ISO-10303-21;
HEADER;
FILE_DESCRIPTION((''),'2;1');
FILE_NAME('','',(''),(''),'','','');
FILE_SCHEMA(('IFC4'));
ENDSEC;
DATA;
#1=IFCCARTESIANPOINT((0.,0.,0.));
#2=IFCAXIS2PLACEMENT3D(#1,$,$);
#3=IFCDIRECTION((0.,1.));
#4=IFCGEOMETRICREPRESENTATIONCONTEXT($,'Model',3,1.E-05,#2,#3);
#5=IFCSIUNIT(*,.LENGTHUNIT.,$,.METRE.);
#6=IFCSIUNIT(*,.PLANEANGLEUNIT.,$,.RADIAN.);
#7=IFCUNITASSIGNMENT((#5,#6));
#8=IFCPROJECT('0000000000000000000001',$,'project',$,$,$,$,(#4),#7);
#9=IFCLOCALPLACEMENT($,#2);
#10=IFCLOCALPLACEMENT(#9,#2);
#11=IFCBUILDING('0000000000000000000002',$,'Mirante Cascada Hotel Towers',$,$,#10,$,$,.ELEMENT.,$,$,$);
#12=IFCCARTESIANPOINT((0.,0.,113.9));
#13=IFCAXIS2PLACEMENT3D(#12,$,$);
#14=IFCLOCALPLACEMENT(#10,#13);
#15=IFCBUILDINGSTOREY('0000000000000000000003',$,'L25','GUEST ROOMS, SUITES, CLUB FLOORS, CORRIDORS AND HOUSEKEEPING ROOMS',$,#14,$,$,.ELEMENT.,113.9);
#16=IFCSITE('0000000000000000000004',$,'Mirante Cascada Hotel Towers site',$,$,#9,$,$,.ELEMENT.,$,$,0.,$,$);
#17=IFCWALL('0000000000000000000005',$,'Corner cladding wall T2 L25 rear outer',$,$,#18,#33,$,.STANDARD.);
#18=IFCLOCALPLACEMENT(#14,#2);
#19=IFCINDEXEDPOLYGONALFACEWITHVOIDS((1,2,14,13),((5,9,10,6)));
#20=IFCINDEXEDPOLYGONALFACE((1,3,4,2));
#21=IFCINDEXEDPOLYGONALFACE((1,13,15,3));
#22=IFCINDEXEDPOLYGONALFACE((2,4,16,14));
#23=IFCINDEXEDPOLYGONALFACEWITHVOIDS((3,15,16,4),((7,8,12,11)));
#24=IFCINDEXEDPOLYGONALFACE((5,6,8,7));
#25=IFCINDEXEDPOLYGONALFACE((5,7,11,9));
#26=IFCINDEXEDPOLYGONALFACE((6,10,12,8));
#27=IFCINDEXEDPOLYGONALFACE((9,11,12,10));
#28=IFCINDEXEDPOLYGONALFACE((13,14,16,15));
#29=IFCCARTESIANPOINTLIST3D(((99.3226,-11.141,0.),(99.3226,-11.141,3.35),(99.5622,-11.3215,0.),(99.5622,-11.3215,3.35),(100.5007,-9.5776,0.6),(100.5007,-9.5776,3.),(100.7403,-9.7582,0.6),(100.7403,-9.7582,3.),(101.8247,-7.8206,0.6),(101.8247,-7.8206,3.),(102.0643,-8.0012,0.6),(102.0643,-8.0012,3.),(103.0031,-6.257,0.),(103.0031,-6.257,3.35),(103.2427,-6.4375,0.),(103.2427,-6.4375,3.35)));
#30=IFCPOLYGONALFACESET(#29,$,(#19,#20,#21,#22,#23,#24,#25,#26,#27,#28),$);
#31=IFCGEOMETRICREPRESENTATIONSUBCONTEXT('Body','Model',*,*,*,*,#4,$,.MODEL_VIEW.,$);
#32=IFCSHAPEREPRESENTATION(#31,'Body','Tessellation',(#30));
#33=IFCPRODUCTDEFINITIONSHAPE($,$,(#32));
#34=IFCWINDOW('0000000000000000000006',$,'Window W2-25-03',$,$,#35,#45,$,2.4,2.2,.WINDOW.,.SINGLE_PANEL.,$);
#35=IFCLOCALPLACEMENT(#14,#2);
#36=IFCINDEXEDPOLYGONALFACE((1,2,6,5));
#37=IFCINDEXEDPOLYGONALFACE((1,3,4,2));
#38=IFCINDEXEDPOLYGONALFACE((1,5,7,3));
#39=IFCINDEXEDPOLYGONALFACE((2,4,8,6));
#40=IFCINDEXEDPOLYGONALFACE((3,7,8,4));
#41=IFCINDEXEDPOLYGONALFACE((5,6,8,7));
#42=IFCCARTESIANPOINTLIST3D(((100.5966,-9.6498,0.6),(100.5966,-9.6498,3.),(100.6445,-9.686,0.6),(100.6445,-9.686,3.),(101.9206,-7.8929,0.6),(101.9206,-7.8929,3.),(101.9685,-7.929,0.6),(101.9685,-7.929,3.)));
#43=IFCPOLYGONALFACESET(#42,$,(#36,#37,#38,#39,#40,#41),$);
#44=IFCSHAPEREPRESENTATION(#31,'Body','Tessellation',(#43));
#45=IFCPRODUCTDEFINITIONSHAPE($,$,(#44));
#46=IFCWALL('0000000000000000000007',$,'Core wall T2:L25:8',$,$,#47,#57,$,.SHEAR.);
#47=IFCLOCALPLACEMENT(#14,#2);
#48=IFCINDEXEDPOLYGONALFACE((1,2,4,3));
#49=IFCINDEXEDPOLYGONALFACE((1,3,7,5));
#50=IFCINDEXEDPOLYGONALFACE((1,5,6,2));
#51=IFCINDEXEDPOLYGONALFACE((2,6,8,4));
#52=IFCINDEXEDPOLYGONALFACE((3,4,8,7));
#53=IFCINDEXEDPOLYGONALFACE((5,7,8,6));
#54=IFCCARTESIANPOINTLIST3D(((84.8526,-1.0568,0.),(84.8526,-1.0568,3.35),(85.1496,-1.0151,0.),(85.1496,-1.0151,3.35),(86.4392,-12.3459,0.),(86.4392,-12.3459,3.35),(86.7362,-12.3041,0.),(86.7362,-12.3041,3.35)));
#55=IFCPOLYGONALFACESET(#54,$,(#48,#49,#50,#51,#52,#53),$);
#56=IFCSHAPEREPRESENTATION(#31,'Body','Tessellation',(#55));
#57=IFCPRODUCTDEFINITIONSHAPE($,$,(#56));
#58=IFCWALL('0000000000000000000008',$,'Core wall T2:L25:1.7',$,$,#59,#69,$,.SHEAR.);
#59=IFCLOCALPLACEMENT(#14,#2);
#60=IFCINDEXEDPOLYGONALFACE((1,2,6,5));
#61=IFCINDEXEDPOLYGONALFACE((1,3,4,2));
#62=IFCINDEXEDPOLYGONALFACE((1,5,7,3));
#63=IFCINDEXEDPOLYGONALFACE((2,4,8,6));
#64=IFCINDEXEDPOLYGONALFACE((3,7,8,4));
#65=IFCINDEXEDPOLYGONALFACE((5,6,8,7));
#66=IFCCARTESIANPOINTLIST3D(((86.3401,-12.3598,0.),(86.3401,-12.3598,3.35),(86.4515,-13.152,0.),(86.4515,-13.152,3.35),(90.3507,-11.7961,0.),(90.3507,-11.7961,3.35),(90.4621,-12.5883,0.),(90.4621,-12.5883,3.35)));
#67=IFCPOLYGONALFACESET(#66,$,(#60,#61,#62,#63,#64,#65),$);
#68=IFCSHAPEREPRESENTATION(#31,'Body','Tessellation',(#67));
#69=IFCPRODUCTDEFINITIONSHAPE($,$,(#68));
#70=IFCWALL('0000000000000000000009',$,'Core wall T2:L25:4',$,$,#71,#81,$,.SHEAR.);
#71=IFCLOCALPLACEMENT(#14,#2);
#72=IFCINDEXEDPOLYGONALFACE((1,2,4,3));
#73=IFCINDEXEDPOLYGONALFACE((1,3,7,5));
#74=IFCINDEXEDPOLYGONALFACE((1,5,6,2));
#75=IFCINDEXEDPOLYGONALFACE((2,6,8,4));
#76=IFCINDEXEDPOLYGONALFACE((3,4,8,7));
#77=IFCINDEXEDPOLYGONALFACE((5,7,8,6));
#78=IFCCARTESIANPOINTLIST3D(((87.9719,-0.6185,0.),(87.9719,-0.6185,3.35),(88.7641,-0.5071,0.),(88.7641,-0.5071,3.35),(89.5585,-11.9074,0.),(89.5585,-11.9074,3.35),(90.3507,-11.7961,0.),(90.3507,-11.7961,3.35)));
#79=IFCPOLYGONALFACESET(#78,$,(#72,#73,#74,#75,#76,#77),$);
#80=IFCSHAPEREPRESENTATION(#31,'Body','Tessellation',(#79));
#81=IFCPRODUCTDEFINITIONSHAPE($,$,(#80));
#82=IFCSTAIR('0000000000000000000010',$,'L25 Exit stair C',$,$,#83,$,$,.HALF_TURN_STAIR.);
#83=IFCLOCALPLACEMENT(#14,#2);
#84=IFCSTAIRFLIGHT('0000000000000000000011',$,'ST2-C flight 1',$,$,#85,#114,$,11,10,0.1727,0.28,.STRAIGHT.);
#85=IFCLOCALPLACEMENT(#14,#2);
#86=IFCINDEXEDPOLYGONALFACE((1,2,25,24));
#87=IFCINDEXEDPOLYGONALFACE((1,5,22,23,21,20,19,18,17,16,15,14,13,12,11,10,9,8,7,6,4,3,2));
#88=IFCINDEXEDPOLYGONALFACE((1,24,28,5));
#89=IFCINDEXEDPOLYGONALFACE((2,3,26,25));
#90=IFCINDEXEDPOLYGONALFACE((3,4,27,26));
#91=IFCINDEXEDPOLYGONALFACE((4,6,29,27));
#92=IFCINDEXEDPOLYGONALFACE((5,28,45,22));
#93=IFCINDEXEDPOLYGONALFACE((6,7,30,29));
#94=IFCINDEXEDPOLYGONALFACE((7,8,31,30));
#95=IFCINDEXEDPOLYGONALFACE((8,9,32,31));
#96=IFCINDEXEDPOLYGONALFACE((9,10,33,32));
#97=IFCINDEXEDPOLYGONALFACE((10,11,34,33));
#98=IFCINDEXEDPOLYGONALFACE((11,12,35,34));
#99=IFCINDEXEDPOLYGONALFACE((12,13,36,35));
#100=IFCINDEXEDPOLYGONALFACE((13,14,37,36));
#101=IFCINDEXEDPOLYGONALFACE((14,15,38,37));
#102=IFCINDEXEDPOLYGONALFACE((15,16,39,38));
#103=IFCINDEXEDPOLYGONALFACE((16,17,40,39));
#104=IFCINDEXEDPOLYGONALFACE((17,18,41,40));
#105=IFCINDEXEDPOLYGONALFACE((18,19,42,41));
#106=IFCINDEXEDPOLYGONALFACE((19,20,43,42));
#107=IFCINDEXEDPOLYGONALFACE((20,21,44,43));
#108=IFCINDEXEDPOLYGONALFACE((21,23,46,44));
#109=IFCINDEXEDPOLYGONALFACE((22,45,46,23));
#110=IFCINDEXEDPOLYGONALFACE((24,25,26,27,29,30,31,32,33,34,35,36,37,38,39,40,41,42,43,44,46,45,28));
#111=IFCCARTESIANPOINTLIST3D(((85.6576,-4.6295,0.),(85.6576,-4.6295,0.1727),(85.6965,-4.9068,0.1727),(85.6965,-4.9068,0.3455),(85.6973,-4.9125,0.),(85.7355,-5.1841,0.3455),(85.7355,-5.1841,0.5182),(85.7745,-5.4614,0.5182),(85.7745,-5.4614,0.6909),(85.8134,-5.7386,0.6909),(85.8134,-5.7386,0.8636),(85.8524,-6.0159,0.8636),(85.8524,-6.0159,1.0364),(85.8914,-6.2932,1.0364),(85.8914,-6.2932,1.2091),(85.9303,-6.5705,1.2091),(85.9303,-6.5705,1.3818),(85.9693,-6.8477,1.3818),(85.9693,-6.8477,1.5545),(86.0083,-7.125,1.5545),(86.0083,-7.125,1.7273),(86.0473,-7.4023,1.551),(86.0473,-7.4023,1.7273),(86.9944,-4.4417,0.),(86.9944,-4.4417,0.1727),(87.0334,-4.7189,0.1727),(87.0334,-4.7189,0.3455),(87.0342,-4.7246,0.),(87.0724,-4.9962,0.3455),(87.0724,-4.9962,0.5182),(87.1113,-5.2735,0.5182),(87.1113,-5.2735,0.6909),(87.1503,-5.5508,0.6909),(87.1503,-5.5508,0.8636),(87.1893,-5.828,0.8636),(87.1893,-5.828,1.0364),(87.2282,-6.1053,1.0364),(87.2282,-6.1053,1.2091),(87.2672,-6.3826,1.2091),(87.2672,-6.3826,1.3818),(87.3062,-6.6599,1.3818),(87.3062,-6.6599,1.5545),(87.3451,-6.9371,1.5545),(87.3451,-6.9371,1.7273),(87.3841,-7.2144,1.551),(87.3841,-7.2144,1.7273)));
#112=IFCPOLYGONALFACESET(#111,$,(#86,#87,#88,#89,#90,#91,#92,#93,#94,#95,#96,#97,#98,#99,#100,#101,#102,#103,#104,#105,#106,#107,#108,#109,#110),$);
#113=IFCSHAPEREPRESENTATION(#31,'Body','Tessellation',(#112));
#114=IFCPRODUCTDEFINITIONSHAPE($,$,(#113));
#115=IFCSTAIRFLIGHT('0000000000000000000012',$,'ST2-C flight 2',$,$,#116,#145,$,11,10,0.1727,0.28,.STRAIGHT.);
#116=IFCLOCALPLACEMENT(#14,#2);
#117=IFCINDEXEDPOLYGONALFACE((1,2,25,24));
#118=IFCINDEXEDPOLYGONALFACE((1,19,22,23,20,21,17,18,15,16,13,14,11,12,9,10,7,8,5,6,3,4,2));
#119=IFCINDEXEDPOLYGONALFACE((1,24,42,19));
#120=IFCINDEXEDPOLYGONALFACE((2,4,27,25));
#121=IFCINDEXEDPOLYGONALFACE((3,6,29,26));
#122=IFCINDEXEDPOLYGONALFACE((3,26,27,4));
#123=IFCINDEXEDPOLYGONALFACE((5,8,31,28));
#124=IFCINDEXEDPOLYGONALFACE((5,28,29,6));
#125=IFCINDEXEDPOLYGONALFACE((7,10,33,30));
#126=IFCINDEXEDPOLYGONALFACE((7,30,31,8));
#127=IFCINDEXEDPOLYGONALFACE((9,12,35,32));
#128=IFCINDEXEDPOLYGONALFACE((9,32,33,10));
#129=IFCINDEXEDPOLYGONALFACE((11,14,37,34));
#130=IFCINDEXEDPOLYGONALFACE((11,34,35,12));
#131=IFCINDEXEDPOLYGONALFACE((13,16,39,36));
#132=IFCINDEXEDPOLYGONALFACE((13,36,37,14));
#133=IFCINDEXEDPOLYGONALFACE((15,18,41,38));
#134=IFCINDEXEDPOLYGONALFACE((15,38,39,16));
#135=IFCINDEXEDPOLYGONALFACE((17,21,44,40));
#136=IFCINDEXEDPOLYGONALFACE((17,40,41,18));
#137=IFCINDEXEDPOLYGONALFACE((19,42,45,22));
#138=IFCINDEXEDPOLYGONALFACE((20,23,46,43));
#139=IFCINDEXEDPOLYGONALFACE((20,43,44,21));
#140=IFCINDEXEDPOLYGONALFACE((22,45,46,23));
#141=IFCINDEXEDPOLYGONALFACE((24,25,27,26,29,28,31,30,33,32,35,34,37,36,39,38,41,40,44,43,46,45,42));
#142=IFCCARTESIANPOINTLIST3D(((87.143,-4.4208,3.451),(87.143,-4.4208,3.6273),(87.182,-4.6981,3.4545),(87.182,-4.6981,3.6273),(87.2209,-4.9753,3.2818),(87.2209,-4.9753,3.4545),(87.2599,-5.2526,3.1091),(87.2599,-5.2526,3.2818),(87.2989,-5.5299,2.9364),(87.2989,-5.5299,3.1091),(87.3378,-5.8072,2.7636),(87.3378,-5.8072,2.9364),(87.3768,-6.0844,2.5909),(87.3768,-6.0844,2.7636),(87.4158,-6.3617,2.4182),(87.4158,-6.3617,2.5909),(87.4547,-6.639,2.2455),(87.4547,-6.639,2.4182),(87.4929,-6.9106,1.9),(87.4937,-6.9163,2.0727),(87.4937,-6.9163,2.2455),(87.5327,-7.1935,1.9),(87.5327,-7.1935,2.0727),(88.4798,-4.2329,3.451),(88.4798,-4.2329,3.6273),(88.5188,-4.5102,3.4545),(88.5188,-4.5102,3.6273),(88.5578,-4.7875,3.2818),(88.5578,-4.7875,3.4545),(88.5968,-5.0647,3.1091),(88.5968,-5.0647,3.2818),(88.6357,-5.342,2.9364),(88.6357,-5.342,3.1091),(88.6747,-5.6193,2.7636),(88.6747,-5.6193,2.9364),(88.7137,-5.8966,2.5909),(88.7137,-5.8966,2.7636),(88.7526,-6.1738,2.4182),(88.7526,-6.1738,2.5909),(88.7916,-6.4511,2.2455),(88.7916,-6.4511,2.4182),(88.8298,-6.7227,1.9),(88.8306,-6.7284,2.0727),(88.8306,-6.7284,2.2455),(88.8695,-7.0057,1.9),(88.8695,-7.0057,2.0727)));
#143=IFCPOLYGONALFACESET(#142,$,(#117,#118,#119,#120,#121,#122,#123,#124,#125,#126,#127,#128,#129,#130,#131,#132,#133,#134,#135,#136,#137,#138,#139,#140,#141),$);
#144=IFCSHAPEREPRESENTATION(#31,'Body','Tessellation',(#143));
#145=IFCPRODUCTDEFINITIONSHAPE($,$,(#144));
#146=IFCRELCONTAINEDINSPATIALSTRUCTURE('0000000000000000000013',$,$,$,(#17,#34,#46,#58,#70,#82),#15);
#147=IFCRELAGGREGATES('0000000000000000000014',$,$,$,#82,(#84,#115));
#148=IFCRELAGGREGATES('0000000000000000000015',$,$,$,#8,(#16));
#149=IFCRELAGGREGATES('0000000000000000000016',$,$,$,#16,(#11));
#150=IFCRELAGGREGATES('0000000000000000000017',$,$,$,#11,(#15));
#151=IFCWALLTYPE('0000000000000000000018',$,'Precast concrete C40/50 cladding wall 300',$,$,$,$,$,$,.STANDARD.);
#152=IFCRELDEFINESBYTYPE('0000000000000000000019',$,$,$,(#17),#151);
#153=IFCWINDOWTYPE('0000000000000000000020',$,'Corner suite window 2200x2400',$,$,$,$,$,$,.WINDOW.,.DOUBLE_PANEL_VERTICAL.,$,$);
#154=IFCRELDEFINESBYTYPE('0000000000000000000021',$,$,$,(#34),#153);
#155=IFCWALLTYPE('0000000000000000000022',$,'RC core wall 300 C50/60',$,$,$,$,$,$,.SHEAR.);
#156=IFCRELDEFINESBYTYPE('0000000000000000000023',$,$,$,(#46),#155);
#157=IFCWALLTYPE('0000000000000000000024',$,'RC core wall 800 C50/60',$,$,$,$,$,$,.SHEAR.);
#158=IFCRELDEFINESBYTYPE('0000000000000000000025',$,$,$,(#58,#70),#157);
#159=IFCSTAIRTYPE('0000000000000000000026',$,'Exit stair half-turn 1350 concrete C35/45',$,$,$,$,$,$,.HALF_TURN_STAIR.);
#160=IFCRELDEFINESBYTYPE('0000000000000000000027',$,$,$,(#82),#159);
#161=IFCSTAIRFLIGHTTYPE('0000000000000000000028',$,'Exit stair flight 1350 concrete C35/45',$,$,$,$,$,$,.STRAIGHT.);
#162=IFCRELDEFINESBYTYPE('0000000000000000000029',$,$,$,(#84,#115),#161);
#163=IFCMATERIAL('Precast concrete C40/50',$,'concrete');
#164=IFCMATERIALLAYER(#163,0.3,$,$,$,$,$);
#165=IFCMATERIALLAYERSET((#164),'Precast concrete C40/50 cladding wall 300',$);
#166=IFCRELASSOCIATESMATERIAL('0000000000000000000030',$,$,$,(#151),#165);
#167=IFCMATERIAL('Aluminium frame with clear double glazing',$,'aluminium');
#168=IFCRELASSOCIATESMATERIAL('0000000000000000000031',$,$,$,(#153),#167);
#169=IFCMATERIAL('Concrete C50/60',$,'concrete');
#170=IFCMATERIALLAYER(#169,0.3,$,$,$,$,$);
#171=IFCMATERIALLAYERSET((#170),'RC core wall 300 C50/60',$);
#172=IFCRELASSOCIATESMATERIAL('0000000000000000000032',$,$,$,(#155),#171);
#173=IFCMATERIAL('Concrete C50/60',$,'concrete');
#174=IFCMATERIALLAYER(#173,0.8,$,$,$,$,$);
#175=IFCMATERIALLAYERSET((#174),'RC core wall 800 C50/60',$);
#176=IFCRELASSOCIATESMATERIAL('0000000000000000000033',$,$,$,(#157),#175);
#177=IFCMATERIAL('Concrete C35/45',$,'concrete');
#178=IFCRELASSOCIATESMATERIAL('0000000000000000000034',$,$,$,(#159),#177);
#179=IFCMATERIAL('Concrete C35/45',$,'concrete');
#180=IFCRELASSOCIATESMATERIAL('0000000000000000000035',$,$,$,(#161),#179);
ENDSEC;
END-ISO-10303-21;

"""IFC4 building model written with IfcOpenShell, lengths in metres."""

from ifc_helpers import new_model, si_unit, direction, frame, frame_2d, origin, place, context, subcontext, project, spatial, polyline, rectangle, outline, extrude, material, layer, layer_set, type_object, element, fill, aggregate, save


model = new_model("IFC4")

# Units and contexts
model_context = context("Model", 3, precision=1e-05, world=origin(), true_north=direction((0.0, 1.0)))
body_context = subcontext(model_context, "Body", "Model", "MODEL_VIEW")
ifc_project = project(units=[si_unit("LENGTHUNIT", "METRE"), si_unit("PLANEANGLEUNIT", "RADIAN")], contexts=[model_context])

# Site, building, storey
site_placement = place(None, origin())
site = spatial("IfcSite", under=ifc_project, at=site_placement, Name="Mirante Cascada Hotel Towers site", CompositionType="ELEMENT", RefElevation=0.0)
building_placement = place(site_placement, origin())
building = spatial("IfcBuilding", under=site, at=building_placement, Name="Mirante Cascada Hotel Towers", CompositionType="ELEMENT")
storey_placement = place(building_placement, frame((0.0, 0.0, 113.9)))
storey = spatial("IfcBuildingStorey", under=building, at=storey_placement, Name="L25", Description="GUEST ROOMS, SUITES, CLUB FLOORS, CORRIDORS AND HOUSEKEEPING ROOMS", CompositionType="ELEMENT", Elevation=113.9)

# Shared definitions
ifc_material_1 = material(Name="Precast concrete C40/50", Category="concrete")
ifc_layer_1 = layer(ifc_material_1, 0.3)
ifc_layer_set_1 = layer_set([ifc_layer_1], Name="Precast concrete C40/50 cladding wall 300")
wall_type_1 = type_object("IfcWallType", Name="Precast concrete C40/50 cladding wall 300", PredefinedType="STANDARD", material=ifc_layer_set_1)

# Wall, opening, window
wall_1_placement = place(storey_placement, frame((99.4424, -11.2313, 0.0), z_axis=(0.0, 0.0, 1.0), x_axis=(0.601819, 0.798632, 0.0)))
wall_1 = element("IfcWall", 1, at=wall_1_placement, inside=storey, type_object=wall_type_1, Name="Corner cladding wall T2 L25 rear outer", PredefinedType="STANDARD", context=body_context, shape_type="SweptSolid", body=[
    extrude(rectangle(XDim=6.1155, YDim=0.3, at=frame_2d((3.0578, 0.0))), origin(), (0.0, 0.0, 1.0), 3.35),
])
opening_1_placement = place(wall_1_placement, frame((1.9576, 0.0, 0.6)))
opening_1 = element("IfcOpeningElement", 2, at=opening_1_placement, cuts=wall_1, PredefinedType="OPENING", context=body_context, shape_type="SweptSolid", body=[
    extrude(rectangle(XDim=2.2, YDim=2.4, at=frame_2d((1.1, 1.2))), frame((0.0, 0.15, 0.0), z_axis=(0.0, -1.0, 0.0), x_axis=(1.0, 0.0, 0.0)), (0.0, 0.0, 1.0), 0.3),
])
ifc_material_2 = material(Name="Aluminium frame with clear double glazing", Category="aluminium")
window_type_1 = type_object("IfcWindowType", Name="Corner suite window 2200x2400", PartitioningType="DOUBLE_PANEL_VERTICAL", PredefinedType="WINDOW", material=ifc_material_2)
window_1_placement = place(opening_1_placement, origin())
window_1 = element("IfcWindow", 3, at=window_1_placement, inside=storey, type_object=window_type_1, Name="Window W2-25-03", OverallHeight=2.4, OverallWidth=2.2, PartitioningType="SINGLE_PANEL", PredefinedType="WINDOW", context=body_context, shape_type="SweptSolid", body=[
    extrude(rectangle(XDim=2.2, YDim=2.4, at=frame_2d((1.1, 1.2))), frame((0.0, 0.03, 0.0), z_axis=(0.0, -1.0, 0.0), x_axis=(1.0, 0.0, 0.0)), (0.0, 0.0, 1.0), 0.06),
])
fill(opening_1, window_1)

# Walls
ifc_material_3 = material(Name="Concrete C50/60", Category="concrete")
ifc_layer_2 = layer(ifc_material_3, 0.3)
ifc_layer_set_2 = layer_set([ifc_layer_2], Name="RC core wall 300 C50/60")
wall_type_2 = type_object("IfcWallType", Name="RC core wall 300 C50/60", PredefinedType="SHEAR", material=ifc_layer_set_2)
wall_2_placement = place(storey_placement, frame((86.5877, -12.325, 0.0), z_axis=(0.0, 0.0, 1.0), x_axis=(-0.139175, 0.990268, 0.0)))
element("IfcWall", 4, at=wall_2_placement, inside=storey, type_object=wall_type_2, Name="Core wall T2:L25:8", PredefinedType="SHEAR", context=body_context, shape_type="SweptSolid", body=[
    extrude(rectangle(XDim=11.4, YDim=0.3, at=frame_2d((5.7, 0.0))), origin(), (0.0, 0.0, 1.0), 3.35),
])
ifc_material_4 = material(Name="Concrete C50/60", Category="concrete")
ifc_layer_3 = layer(ifc_material_4, 0.8)
ifc_layer_set_3 = layer_set([ifc_layer_3], Name="RC core wall 800 C50/60")
wall_type_3 = type_object("IfcWallType", Name="RC core wall 800 C50/60", PredefinedType="SHEAR", material=ifc_layer_set_3)
wall_3_placement = place(storey_placement, frame((86.3958, -12.7559, 0.0), z_axis=(0.0, 0.0, 1.0), x_axis=(0.990267, 0.139184, 0.0)))
element("IfcWall", 5, at=wall_3_placement, inside=storey, type_object=wall_type_3, Name="Core wall T2:L25:1.7", PredefinedType="SHEAR", context=body_context, shape_type="SweptSolid", body=[
    extrude(rectangle(XDim=4.05, YDim=0.8, at=frame_2d((2.025, 0.0))), origin(), (0.0, 0.0, 1.0), 3.35),
])
wall_4_placement = place(storey_placement, frame((89.9546, -11.8518, 0.0), z_axis=(0.0, 0.0, 1.0), x_axis=(-0.139176, 0.990268, 0.0)))
element("IfcWall", 6, at=wall_4_placement, inside=storey, type_object=wall_type_3, Name="Core wall T2:L25:4", PredefinedType="SHEAR", context=body_context, shape_type="SweptSolid", body=[
    extrude(rectangle(XDim=11.3999, YDim=0.8, at=frame_2d((5.7, 0.0))), origin(), (0.0, 0.0, 1.0), 3.35),
])

# Stair, stair flights
ifc_material_5 = material(Name="Concrete C35/45", Category="concrete")
stair_type = type_object("IfcStairType", Name="Exit stair half-turn 1350 concrete C35/45", PredefinedType="HALF_TURN_STAIR", material=ifc_material_5)
stair_placement = place(storey_placement, origin())
stair = element("IfcStair", 7, at=stair_placement, inside=storey, type_object=stair_type, Name="L25 Exit stair C", PredefinedType="HALF_TURN_STAIR")
ifc_material_6 = material(Name="Concrete C35/45", Category="concrete")
stair_flight_type = type_object("IfcStairFlightType", Name="Exit stair flight 1350 concrete C35/45", PredefinedType="STRAIGHT", material=ifc_material_6)
stair_flight_1_placement = place(storey_placement, frame((86.326, -4.5356, 0.0), z_axis=(0.0, 0.0, 1.0), x_axis=(0.139173, -0.990268, 0.0)))
stair_flight_1 = element("IfcStairFlight", 8, at=stair_flight_1_placement, type_object=stair_flight_type, Name="ST2-C flight 1", NumberOfRisers=11, NumberOfTreads=10, PredefinedType="STRAIGHT", RiserHeight=0.1727, TreadLength=0.28, context=body_context, shape_type="SweptSolid", body=[
    extrude(outline(polyline([(0.0, 0.0), (0.0, 0.1727), (0.28, 0.1727), (0.28, 0.3455), (0.56, 0.3455), (0.56, 0.5182), (0.84, 0.5182), (0.84, 0.6909), (1.12, 0.6909), (1.12, 0.8636), (1.4, 0.8636), (1.4, 1.0364), (1.68, 1.0364), (1.68, 1.2091), (1.96, 1.2091), (1.96, 1.3818), (2.24, 1.3818), (2.24, 1.5545), (2.52, 1.5545), (2.52, 1.7273), (2.8, 1.7273), (2.8, 1.9), (2.8, 1.551), (0.2857, 0.0), (0.0, 0.0)])), frame((0.0, 0.675, 0.0), z_axis=(0.0, -1.0, 0.0), x_axis=(1.0, 0.0, 0.0)), (0.0, 0.0, 1.0), 1.35),
])
stair_flight_2_placement = place(storey_placement, frame((88.2011, -7.0996, 1.9), z_axis=(0.0, 0.0, 1.0), x_axis=(-0.139173, 0.990268, 0.0)))
stair_flight_2 = element("IfcStairFlight", 9, at=stair_flight_2_placement, type_object=stair_flight_type, Name="ST2-C flight 2", NumberOfRisers=11, NumberOfTreads=10, PredefinedType="STRAIGHT", RiserHeight=0.1727, TreadLength=0.28, context=body_context, shape_type="SweptSolid", body=[
    extrude(outline(polyline([(0.0, 0.0), (0.0, 0.1727), (0.28, 0.1727), (0.28, 0.3455), (0.56, 0.3455), (0.56, 0.5182), (0.84, 0.5182), (0.84, 0.6909), (1.12, 0.6909), (1.12, 0.8636), (1.4, 0.8636), (1.4, 1.0364), (1.68, 1.0364), (1.68, 1.2091), (1.96, 1.2091), (1.96, 1.3818), (2.24, 1.3818), (2.24, 1.5545), (2.52, 1.5545), (2.52, 1.7273), (2.8, 1.7273), (2.8, 1.9), (2.8, 1.551), (0.2857, 0.0), (0.0, 0.0)])), frame((0.0, 0.675, 0.0), z_axis=(0.0, -1.0, 0.0), x_axis=(1.0, 0.0, 0.0)), (0.0, 0.0, 1.0), 1.35),
])
aggregate(stair, [stair_flight_1, stair_flight_2])

save(model, "model.ifc")
